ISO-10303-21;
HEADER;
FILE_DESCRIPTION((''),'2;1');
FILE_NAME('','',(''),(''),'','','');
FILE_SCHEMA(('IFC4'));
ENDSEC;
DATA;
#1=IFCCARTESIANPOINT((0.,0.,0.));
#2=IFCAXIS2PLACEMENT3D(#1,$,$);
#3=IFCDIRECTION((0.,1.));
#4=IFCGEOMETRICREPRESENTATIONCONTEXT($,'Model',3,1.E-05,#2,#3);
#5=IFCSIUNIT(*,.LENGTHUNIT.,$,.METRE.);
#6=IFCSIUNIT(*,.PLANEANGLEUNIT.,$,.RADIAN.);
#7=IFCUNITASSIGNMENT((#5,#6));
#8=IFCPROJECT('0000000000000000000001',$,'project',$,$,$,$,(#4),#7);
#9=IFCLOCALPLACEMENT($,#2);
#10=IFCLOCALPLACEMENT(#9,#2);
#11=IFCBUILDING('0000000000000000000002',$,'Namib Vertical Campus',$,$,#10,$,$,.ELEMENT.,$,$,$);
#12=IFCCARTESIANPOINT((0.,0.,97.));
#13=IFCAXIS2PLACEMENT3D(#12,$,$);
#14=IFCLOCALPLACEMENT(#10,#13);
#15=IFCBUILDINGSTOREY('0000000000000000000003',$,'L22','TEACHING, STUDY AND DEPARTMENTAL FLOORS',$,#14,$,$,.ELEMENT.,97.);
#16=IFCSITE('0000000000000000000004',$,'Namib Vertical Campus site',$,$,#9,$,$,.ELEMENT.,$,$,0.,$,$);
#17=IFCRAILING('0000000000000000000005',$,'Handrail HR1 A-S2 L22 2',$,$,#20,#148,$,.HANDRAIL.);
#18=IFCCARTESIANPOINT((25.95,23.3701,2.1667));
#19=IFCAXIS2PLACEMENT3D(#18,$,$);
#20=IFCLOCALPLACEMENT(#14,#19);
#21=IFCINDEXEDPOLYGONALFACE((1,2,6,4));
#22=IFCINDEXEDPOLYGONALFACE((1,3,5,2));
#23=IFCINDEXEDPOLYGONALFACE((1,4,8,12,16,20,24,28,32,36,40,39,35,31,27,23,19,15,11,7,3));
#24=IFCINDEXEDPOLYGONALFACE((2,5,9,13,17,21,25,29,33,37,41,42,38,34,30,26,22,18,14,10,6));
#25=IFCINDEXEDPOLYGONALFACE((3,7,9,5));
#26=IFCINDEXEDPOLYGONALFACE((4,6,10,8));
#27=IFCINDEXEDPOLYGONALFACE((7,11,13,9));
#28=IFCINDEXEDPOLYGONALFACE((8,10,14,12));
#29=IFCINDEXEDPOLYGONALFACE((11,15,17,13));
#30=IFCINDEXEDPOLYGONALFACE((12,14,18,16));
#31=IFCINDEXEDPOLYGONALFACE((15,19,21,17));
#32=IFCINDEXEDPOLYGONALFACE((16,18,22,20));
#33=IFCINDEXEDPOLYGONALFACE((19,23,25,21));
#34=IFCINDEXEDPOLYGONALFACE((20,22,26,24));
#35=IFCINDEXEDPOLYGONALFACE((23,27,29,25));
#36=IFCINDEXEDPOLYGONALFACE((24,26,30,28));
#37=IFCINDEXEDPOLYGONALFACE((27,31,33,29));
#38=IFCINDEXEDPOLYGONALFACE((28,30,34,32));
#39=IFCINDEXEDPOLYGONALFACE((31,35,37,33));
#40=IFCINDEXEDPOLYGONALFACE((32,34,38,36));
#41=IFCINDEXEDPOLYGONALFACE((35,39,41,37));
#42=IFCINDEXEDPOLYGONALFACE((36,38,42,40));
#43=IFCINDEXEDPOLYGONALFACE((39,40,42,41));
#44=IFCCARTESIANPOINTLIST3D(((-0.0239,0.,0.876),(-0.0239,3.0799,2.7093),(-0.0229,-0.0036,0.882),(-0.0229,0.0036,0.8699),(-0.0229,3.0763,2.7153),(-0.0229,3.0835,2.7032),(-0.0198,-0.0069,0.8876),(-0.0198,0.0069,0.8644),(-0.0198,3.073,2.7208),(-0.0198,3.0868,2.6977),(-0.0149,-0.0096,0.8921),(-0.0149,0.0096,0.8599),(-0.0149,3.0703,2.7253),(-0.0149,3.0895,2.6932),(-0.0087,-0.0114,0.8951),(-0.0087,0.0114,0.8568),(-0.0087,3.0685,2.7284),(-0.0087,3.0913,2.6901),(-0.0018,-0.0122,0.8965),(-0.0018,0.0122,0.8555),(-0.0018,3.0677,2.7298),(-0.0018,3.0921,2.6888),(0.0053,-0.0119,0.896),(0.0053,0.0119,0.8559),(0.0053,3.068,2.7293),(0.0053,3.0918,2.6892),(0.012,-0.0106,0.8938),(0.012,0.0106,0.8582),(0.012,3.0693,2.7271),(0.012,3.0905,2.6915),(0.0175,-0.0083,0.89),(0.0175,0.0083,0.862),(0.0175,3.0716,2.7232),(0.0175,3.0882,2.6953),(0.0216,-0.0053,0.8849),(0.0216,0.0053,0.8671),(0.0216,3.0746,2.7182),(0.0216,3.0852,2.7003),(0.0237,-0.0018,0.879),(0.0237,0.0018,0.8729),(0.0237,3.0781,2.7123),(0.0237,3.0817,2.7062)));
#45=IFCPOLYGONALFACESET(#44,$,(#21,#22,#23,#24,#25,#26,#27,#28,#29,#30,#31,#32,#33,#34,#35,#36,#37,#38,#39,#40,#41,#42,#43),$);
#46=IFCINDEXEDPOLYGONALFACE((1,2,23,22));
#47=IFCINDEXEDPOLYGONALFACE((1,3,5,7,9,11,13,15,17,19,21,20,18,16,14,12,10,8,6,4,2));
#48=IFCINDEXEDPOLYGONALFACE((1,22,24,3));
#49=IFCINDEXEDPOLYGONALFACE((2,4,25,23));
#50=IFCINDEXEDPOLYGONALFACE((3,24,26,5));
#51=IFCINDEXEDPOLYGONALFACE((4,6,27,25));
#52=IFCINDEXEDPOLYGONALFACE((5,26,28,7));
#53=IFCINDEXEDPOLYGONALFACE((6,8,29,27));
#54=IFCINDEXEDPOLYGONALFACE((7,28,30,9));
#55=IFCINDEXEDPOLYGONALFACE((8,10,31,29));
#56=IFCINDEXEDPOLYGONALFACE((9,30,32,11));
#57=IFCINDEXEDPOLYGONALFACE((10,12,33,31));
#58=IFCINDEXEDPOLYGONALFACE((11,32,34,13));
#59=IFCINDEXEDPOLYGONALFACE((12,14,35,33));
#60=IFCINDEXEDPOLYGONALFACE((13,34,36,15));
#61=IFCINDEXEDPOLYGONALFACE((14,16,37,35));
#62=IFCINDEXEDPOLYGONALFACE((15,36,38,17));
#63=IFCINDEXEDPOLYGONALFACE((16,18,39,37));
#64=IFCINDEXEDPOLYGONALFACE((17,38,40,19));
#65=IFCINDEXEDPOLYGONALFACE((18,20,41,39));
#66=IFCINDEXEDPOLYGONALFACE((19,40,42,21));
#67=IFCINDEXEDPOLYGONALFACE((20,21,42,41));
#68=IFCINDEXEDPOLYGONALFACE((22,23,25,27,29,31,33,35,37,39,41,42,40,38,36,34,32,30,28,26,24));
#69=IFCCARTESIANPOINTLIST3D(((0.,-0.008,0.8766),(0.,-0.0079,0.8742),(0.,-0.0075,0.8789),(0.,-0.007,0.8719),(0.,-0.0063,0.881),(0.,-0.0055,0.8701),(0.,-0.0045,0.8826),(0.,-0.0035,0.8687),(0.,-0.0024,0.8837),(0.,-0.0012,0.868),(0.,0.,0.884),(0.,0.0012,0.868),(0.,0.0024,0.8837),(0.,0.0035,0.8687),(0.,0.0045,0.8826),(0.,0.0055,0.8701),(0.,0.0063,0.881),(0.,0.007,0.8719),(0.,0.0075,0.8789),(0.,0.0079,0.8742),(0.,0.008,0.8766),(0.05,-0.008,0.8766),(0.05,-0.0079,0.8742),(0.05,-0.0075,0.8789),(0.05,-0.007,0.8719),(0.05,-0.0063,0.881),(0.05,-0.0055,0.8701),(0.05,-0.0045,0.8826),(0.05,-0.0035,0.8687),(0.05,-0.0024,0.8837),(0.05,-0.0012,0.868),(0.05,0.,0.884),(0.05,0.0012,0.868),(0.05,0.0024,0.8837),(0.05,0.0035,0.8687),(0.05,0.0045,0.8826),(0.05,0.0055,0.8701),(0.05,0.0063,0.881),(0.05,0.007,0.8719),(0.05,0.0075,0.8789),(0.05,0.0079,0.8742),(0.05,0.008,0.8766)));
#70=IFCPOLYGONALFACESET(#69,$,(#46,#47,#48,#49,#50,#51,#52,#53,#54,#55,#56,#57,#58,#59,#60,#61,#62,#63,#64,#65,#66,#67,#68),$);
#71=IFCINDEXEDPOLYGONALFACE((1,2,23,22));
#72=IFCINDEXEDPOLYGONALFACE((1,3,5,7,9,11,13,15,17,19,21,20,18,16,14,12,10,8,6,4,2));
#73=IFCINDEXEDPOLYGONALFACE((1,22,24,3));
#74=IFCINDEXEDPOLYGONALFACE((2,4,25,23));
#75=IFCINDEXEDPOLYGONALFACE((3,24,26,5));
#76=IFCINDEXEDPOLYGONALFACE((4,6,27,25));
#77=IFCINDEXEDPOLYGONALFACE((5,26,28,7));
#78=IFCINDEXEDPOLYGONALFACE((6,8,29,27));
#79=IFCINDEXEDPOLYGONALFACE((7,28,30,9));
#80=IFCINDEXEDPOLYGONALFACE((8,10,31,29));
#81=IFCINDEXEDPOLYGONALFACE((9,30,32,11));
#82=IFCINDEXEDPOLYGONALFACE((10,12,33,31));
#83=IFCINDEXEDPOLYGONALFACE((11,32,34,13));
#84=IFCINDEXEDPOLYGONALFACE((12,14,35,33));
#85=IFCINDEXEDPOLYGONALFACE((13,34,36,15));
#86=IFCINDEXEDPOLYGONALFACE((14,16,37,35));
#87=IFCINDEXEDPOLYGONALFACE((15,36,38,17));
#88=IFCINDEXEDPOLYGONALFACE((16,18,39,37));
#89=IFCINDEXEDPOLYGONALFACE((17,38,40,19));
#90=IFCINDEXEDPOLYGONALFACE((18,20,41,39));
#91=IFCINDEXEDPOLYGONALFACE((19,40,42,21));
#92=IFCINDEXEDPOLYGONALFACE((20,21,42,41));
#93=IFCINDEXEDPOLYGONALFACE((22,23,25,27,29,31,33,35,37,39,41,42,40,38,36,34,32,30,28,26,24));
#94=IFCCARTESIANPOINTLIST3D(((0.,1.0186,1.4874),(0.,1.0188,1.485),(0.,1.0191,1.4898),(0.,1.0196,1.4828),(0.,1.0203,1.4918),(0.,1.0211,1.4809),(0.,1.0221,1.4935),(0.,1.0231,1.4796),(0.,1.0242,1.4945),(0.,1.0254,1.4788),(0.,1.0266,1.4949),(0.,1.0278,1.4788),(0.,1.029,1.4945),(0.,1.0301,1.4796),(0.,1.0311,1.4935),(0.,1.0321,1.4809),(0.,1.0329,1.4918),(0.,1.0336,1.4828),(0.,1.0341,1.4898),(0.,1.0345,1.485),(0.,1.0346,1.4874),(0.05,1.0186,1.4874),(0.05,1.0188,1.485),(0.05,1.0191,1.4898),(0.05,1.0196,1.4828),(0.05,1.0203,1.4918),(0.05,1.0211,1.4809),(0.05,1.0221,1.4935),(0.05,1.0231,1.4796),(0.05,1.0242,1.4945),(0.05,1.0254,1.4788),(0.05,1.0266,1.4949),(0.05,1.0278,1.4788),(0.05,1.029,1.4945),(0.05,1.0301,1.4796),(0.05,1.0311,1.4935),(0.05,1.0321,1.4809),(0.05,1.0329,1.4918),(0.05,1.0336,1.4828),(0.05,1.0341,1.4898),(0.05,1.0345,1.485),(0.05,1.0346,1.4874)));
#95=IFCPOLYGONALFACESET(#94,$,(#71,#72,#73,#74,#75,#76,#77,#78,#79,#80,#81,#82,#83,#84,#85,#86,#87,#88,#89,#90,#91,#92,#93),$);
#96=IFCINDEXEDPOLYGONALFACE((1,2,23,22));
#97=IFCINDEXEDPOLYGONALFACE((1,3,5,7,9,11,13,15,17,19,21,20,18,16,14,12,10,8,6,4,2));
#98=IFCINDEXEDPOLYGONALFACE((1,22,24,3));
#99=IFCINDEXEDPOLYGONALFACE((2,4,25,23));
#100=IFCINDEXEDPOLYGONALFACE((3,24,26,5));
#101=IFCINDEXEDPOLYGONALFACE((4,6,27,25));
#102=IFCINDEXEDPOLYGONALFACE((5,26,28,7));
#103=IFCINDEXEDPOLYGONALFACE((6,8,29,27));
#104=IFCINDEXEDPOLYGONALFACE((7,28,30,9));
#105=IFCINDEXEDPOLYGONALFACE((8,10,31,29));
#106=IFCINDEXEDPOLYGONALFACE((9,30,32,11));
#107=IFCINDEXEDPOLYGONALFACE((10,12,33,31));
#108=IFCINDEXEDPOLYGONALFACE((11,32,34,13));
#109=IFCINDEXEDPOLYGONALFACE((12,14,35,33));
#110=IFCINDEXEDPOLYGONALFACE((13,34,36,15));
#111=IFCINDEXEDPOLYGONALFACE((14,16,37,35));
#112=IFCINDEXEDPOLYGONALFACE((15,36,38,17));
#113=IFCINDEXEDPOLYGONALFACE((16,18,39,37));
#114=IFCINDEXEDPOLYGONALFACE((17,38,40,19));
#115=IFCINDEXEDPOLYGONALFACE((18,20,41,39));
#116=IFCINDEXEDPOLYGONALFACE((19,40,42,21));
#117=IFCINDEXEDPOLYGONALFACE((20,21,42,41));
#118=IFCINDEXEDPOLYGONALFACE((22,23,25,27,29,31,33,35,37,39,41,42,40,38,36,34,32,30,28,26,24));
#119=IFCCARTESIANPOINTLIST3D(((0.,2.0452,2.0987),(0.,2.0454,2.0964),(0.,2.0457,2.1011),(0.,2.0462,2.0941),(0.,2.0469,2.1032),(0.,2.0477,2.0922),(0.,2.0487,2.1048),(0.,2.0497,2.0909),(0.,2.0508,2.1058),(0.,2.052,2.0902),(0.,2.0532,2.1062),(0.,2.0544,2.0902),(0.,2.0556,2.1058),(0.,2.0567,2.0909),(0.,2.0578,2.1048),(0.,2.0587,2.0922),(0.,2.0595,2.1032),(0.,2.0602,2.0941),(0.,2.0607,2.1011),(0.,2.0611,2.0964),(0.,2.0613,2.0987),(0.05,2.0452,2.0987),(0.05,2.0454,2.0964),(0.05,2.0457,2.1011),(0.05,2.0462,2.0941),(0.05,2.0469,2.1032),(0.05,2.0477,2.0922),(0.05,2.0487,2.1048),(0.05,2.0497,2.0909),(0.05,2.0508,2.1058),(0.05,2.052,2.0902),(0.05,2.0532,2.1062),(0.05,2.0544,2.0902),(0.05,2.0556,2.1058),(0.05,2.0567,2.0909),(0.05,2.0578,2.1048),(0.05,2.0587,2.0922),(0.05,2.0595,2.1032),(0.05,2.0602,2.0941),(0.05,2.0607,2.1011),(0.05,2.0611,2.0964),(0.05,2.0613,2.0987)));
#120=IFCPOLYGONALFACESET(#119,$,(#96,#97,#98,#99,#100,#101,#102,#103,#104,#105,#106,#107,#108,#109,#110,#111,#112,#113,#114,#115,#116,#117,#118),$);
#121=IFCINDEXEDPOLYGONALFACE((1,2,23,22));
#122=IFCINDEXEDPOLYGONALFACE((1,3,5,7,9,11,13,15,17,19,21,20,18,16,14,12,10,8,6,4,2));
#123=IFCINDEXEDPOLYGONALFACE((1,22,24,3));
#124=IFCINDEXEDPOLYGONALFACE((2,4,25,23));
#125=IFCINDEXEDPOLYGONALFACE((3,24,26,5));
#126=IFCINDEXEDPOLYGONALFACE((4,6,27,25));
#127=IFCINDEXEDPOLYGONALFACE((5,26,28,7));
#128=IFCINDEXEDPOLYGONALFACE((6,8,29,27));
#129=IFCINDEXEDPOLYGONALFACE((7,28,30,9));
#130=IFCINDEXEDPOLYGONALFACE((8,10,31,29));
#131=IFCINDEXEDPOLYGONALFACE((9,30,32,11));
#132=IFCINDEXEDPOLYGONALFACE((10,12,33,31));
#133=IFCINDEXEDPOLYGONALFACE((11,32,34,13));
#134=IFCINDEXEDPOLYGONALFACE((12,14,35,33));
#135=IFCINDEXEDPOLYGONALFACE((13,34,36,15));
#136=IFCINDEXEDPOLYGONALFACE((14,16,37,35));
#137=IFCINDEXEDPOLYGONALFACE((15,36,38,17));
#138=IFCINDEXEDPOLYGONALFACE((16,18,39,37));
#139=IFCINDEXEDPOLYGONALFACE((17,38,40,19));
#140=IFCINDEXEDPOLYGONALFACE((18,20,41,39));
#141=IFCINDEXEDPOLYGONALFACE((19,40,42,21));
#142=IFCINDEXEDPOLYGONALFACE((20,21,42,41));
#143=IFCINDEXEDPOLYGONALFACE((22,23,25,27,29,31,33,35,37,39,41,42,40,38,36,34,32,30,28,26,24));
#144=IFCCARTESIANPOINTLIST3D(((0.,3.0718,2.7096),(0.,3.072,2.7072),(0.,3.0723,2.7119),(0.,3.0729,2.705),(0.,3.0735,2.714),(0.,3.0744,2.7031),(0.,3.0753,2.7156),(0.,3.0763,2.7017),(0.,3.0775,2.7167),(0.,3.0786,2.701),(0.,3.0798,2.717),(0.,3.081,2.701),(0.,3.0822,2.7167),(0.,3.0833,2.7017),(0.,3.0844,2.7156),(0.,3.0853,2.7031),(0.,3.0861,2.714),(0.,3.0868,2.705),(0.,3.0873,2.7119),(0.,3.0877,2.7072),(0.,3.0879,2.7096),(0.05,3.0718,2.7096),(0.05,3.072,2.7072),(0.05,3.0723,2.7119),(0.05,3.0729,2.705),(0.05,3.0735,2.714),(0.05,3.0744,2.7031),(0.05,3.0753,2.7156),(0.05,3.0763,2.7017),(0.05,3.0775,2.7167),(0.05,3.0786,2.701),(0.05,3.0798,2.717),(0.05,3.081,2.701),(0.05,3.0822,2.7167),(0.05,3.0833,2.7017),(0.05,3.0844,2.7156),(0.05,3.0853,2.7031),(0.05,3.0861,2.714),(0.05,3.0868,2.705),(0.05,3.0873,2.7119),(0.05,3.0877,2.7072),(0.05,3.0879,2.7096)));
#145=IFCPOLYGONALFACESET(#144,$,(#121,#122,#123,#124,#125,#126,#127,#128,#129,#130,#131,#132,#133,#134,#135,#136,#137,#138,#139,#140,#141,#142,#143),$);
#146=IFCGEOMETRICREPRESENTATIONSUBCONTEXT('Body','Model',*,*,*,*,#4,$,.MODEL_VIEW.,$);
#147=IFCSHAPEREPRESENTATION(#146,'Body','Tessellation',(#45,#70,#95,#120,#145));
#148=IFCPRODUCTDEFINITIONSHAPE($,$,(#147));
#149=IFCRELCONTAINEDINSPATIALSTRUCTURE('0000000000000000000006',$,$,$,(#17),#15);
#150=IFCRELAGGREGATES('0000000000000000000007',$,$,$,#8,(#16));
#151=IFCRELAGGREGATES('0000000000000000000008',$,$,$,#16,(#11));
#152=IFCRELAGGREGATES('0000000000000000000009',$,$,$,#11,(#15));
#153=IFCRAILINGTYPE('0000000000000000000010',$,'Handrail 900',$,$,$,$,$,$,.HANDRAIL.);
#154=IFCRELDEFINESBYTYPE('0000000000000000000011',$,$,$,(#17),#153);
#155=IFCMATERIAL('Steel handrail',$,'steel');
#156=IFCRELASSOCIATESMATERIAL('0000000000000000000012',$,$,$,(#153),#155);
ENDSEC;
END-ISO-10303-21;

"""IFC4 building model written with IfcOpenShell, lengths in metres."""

from ifc_helpers import new_model, si_unit, direction, frame, origin, origin_2d, place, context, subcontext, project, spatial, circle, extrude, material, type_object, element, save


model = new_model("IFC4")

# Units and contexts
model_context = context("Model", 3, precision=1e-05, world=origin(), true_north=direction((0.0, 1.0)))
body_context = subcontext(model_context, "Body", "Model", "MODEL_VIEW")
ifc_project = project(units=[si_unit("LENGTHUNIT", "METRE"), si_unit("PLANEANGLEUNIT", "RADIAN")], contexts=[model_context])

# Site, building, storey
site_placement = place(None, origin())
site = spatial("IfcSite", under=ifc_project, at=site_placement, Name="Namib Vertical Campus site", CompositionType="ELEMENT", RefElevation=0.0)
building_placement = place(site_placement, origin())
building = spatial("IfcBuilding", under=site, at=building_placement, Name="Namib Vertical Campus", CompositionType="ELEMENT")
storey_placement = place(building_placement, frame((0.0, 0.0, 97.0)))
storey = spatial("IfcBuildingStorey", under=building, at=storey_placement, Name="L22", Description="TEACHING, STUDY AND DEPARTMENTAL FLOORS", CompositionType="ELEMENT", Elevation=97.0)

# Railing
ifc_material_1 = material(Name="Steel handrail", Category="steel")
railing_type_1 = type_object("IfcRailingType", Name="Handrail 900", PredefinedType="HANDRAIL", material=ifc_material_1)
railing_1_placement = place(storey_placement, frame((25.95, 23.3701, 2.1667)))
element("IfcRailing", 1, at=railing_1_placement, inside=storey, type_object=railing_type_1, Name="Handrail HR1 A-S2 L22 2", PredefinedType="HANDRAIL", context=body_context, shape_type="SweptSolid", body=[
    extrude(circle(Radius=0.0239, at=origin_2d()), frame((0.0, 0.0, 0.876), z_axis=(0.0, 0.859291, 0.511487), x_axis=(-1.0, 0.0, 0.0)), (0.0, 0.0, 1.0), 3.5842),
    extrude(circle(Radius=0.0081, at=origin_2d()), frame((0.0, 0.0, 0.876), z_axis=(1.0, 0.0, 0.0), x_axis=(0.0, 0.0, 1.0)), (0.0, 0.0, 1.0), 0.05),
    extrude(circle(Radius=0.0081, at=origin_2d()), frame((0.0, 1.0266, 1.4868), z_axis=(1.0, 0.0, 0.0), x_axis=(0.0, 0.0, 1.0)), (0.0, 0.0, 1.0), 0.05),
    extrude(circle(Radius=0.0081, at=origin_2d()), frame((0.0, 2.0532, 2.0981), z_axis=(1.0, 0.0, 0.0), x_axis=(0.0, 0.0, 1.0)), (0.0, 0.0, 1.0), 0.05),
    extrude(circle(Radius=0.0081, at=origin_2d()), frame((0.0, 3.0798, 2.709), z_axis=(1.0, 0.0, 0.0), x_axis=(0.0, 0.0, 1.0)), (0.0, 0.0, 1.0), 0.05),
])

save(model, "model.ifc")
